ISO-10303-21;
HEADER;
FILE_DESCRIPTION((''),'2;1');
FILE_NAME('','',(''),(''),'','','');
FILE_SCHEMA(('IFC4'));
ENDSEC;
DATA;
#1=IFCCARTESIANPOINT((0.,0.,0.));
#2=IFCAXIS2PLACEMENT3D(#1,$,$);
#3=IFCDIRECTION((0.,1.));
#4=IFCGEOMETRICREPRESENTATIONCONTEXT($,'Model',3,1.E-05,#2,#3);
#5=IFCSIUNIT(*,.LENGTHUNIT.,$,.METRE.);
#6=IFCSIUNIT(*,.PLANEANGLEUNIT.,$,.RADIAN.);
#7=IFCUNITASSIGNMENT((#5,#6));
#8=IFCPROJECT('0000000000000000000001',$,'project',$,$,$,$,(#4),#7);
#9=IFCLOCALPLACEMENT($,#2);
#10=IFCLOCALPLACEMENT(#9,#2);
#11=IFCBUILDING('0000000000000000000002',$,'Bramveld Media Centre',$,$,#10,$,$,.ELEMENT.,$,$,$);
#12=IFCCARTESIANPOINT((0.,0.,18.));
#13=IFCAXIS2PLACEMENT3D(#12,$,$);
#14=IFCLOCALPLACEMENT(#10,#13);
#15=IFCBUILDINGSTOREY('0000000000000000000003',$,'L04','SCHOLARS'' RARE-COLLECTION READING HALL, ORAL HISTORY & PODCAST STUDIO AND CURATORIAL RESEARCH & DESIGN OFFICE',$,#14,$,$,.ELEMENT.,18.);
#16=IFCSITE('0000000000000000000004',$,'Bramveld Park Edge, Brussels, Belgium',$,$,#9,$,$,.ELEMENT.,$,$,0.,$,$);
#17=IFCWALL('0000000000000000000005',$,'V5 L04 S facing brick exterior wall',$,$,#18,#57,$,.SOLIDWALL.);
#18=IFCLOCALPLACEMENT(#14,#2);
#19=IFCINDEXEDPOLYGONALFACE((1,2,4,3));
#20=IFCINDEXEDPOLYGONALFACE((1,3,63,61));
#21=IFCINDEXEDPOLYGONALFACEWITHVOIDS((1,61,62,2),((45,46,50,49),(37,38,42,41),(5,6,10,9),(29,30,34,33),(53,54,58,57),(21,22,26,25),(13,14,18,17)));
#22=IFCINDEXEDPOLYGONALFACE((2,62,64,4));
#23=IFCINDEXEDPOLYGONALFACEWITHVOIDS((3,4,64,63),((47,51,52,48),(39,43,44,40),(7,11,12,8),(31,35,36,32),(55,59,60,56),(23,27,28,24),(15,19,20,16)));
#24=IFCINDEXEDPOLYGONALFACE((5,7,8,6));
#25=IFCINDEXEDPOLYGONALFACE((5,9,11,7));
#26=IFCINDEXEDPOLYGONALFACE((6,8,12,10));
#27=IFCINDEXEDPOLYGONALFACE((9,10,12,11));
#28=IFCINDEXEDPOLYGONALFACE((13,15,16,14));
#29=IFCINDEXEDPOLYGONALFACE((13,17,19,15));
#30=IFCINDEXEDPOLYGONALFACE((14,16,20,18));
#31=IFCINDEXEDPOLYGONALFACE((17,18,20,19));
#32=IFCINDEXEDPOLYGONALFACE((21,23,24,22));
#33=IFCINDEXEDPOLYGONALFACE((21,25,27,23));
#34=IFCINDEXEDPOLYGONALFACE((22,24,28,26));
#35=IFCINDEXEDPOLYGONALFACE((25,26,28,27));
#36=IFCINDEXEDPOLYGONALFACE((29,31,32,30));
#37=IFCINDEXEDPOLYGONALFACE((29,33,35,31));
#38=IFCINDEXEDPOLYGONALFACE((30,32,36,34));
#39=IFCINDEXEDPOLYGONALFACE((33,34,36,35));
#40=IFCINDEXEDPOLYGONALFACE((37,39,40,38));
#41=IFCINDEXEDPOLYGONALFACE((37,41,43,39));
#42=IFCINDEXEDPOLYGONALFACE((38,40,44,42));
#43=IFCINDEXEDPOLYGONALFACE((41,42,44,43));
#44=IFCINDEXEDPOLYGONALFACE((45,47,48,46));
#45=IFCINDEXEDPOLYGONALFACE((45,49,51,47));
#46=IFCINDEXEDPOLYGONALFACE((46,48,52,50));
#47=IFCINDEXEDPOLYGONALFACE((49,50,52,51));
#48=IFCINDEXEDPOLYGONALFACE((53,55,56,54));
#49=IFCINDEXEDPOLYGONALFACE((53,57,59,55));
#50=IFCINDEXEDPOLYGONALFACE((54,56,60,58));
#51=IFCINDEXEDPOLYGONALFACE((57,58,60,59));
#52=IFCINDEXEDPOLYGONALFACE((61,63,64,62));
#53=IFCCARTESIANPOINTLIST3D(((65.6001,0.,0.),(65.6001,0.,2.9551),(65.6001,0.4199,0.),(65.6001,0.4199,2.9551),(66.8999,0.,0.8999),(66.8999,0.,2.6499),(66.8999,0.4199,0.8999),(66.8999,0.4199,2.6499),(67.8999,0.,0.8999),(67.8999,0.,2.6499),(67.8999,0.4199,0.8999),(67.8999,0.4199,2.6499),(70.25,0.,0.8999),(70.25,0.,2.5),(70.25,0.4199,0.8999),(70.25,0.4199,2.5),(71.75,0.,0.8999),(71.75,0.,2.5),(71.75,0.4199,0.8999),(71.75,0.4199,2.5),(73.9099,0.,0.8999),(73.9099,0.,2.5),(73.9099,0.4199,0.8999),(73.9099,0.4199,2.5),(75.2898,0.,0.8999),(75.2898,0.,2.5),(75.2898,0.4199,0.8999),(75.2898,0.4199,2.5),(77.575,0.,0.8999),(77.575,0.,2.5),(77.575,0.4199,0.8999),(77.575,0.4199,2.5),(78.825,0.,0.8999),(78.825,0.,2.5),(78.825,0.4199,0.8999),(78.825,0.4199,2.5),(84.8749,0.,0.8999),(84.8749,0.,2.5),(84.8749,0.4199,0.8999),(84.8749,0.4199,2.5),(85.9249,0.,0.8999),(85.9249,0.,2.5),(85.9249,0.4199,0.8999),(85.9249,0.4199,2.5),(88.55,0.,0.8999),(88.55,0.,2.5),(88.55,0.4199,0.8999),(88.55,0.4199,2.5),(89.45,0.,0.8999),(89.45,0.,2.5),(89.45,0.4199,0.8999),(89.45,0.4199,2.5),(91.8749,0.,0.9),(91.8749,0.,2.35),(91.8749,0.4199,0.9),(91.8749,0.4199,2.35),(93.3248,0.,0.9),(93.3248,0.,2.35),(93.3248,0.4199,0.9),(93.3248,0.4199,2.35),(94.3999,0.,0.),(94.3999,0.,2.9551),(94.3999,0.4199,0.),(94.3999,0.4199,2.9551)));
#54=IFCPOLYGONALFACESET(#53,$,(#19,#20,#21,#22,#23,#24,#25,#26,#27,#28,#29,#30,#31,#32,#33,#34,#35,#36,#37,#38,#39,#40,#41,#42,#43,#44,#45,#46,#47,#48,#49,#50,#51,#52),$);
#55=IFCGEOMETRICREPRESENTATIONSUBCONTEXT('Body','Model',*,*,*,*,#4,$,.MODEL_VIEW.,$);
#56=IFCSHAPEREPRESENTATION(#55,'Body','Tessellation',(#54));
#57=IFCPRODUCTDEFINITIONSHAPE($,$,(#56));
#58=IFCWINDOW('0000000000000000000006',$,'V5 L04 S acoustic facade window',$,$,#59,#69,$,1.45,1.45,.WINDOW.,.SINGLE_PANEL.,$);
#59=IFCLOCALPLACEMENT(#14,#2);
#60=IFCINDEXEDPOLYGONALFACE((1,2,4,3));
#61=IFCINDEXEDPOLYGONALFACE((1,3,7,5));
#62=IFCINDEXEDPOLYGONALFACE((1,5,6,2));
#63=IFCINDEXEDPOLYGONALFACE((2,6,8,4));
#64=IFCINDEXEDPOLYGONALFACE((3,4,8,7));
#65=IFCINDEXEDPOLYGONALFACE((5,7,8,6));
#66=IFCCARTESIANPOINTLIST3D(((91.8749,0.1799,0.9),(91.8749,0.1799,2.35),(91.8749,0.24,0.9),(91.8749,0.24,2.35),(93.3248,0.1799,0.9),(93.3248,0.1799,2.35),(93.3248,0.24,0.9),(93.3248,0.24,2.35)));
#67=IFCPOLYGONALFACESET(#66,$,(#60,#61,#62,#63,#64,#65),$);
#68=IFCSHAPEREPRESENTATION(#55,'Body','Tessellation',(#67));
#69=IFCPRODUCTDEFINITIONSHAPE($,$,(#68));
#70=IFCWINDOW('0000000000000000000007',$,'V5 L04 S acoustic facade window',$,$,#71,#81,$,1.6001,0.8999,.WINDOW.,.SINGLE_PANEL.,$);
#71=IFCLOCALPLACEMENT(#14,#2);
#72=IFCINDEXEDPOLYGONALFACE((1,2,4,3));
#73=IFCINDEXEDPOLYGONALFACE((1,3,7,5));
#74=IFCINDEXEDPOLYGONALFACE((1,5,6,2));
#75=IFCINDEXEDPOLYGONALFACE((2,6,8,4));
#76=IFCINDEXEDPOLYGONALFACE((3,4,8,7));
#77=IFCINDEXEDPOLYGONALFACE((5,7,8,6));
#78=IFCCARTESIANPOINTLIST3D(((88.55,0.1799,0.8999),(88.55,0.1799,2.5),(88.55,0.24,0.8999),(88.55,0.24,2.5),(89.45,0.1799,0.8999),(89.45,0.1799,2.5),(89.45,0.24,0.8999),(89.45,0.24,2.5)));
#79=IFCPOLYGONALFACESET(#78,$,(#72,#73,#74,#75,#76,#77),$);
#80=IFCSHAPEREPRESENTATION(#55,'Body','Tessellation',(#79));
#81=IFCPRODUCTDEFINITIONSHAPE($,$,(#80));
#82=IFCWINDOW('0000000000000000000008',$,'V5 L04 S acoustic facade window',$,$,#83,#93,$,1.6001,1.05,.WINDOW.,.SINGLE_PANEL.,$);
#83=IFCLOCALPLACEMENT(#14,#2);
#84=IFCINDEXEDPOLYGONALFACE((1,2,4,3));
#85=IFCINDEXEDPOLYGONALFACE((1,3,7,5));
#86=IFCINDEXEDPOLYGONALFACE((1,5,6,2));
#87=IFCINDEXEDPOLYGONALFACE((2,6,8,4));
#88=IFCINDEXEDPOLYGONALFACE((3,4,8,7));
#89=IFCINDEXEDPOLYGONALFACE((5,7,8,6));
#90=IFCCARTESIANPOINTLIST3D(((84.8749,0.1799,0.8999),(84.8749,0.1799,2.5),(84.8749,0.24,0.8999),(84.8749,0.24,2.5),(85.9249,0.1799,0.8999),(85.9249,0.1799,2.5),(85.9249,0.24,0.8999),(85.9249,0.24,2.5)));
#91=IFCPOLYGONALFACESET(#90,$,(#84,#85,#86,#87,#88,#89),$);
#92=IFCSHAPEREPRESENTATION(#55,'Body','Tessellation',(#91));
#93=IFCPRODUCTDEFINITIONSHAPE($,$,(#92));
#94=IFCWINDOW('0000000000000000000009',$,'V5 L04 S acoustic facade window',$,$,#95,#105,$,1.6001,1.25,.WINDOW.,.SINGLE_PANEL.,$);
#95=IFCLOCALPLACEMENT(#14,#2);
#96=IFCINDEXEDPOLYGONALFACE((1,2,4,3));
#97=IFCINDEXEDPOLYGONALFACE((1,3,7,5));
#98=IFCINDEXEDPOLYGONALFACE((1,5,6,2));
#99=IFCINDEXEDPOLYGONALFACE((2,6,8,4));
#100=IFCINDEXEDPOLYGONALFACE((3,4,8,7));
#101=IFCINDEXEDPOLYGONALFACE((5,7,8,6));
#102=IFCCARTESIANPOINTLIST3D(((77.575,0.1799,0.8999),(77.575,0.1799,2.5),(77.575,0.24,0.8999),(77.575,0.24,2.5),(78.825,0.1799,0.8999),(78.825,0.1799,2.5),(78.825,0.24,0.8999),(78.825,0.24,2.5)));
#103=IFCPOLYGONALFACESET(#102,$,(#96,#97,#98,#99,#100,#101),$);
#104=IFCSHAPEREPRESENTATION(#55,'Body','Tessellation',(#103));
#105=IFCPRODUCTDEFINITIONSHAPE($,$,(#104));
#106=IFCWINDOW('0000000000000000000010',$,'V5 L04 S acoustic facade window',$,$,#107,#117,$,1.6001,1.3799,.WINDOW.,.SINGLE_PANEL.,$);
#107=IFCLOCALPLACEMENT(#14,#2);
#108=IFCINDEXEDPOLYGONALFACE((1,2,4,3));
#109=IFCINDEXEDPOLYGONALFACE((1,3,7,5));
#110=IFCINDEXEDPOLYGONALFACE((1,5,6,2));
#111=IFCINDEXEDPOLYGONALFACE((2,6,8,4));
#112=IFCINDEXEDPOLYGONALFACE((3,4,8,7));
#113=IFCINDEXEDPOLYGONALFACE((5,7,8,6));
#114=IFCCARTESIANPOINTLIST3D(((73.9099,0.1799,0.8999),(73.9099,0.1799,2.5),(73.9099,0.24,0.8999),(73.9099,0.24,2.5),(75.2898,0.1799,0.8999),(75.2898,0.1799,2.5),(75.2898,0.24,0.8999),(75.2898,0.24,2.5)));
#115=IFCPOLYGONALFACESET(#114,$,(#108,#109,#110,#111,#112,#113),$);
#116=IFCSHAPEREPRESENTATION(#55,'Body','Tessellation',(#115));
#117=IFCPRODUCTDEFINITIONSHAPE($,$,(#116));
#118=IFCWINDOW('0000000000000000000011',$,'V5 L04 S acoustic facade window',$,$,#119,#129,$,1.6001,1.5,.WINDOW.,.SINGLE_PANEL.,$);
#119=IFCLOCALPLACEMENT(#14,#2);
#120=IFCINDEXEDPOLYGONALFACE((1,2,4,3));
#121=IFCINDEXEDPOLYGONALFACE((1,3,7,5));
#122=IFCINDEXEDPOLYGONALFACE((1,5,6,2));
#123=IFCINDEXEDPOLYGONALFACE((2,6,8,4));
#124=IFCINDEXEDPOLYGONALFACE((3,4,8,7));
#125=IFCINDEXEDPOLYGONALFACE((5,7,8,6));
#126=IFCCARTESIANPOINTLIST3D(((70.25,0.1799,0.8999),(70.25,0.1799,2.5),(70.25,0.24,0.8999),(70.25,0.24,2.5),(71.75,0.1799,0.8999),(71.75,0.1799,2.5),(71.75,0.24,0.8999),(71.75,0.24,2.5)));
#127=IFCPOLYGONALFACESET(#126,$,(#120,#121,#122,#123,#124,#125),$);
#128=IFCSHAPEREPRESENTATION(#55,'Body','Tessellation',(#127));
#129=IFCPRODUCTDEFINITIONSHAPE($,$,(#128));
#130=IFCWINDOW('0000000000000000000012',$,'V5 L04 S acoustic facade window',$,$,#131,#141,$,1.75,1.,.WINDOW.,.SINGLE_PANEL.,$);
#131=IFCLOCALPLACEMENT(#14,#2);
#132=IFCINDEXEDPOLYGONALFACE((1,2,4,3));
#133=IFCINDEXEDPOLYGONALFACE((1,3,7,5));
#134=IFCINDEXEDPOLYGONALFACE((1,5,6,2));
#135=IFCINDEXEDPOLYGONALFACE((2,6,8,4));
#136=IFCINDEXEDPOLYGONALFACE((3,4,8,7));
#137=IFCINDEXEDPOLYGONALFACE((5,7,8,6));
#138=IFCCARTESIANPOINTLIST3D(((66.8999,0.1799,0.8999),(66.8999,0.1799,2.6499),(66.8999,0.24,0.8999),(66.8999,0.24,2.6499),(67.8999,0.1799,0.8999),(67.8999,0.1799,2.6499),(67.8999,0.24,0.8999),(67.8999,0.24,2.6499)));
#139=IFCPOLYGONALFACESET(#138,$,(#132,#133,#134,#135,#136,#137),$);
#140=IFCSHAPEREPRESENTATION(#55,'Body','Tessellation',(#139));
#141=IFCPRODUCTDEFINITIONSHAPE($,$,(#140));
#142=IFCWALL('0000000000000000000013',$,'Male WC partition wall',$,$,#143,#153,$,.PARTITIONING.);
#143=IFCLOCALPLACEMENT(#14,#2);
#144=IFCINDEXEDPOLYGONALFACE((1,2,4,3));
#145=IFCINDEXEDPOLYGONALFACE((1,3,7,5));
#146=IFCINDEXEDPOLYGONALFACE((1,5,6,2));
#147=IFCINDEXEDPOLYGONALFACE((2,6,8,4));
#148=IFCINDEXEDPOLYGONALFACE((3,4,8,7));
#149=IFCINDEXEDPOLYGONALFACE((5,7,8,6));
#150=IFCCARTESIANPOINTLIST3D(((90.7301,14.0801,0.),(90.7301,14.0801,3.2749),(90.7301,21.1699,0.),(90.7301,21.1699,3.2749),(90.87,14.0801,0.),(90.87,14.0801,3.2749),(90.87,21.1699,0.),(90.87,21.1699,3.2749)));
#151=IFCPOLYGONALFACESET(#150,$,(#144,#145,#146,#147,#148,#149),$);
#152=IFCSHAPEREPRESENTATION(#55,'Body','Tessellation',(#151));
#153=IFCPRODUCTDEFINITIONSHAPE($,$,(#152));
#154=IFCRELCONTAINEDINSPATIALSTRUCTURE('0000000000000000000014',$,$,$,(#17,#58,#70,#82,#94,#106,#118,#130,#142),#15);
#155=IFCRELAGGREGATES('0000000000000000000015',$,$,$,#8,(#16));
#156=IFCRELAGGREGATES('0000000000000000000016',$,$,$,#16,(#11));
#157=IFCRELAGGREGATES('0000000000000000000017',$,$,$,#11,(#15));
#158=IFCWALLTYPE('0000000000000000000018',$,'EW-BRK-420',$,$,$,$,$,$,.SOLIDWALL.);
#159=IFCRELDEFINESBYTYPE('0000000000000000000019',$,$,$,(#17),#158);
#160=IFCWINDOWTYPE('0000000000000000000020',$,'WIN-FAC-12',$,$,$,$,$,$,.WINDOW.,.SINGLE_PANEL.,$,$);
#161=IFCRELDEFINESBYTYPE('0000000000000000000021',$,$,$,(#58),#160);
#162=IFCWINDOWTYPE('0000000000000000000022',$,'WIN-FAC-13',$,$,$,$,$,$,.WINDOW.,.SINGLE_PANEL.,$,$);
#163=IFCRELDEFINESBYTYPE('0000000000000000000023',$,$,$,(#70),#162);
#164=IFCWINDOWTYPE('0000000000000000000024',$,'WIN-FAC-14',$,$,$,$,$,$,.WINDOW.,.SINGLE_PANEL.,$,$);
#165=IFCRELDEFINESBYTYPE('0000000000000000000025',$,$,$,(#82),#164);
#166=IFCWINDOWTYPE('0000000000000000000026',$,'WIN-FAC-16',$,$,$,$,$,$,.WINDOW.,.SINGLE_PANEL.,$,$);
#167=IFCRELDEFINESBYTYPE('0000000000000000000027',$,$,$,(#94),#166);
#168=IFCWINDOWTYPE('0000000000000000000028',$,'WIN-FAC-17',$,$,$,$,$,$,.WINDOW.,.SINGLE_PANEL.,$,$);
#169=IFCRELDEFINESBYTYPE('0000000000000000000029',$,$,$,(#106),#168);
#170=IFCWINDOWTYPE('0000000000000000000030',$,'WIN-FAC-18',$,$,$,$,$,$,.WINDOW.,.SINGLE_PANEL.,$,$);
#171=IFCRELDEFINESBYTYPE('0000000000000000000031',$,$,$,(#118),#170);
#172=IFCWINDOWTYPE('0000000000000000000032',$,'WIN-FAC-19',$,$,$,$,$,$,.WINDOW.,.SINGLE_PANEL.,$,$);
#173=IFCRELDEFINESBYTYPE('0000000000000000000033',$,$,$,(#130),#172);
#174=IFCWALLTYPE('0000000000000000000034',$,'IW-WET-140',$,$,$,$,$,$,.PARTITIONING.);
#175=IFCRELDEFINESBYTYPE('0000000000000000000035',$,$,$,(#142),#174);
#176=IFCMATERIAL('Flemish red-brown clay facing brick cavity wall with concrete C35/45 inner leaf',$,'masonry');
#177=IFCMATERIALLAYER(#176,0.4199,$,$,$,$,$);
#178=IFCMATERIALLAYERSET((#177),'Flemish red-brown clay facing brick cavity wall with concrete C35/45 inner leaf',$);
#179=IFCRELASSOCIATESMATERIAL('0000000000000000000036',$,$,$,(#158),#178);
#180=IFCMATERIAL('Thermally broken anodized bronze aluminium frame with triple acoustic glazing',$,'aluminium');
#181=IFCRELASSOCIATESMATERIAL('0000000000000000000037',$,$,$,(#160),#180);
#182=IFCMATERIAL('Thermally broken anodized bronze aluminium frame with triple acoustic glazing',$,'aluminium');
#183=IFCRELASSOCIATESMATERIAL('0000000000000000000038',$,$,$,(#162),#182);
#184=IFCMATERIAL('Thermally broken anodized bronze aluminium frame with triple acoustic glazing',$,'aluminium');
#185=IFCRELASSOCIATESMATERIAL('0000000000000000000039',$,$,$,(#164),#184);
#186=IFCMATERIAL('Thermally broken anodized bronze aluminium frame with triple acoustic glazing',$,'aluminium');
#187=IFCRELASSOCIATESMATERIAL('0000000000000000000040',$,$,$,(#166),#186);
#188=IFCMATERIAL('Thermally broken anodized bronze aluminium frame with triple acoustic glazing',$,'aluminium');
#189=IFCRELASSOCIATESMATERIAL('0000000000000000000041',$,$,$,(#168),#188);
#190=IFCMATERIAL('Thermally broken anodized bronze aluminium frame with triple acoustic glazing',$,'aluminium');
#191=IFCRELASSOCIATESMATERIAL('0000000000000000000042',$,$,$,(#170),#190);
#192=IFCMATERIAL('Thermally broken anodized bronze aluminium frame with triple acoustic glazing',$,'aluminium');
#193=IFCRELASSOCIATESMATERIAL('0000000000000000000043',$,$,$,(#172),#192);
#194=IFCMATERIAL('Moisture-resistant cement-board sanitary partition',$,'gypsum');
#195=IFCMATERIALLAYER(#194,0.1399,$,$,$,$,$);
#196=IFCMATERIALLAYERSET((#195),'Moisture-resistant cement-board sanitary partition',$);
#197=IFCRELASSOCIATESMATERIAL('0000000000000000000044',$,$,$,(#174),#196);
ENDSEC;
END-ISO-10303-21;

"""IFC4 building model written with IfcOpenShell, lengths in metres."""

from ifc_helpers import new_model, si_unit, direction, frame, frame_2d, origin, place, context, subcontext, project, spatial, rectangle, extrude, material, layer, layer_set, type_object, element, fill, save


model = new_model("IFC4")

# Units and contexts
model_context = context("Model", 3, precision=1e-05, world=origin(), true_north=direction((0.0, 1.0)))
body_context = subcontext(model_context, "Body", "Model", "MODEL_VIEW")
ifc_project = project(units=[si_unit("LENGTHUNIT", "METRE"), si_unit("PLANEANGLEUNIT", "RADIAN")], contexts=[model_context])

# Site, building, storey
site_placement = place(None, origin())
site = spatial("IfcSite", under=ifc_project, at=site_placement, Name="Bramveld Park Edge, Brussels, Belgium", CompositionType="ELEMENT", RefElevation=0.0)
building_placement = place(site_placement, origin())
building = spatial("IfcBuilding", under=site, at=building_placement, Name="Bramveld Media Centre", CompositionType="ELEMENT")
storey_placement = place(building_placement, frame((0.0, 0.0, 18.0)))
storey = spatial("IfcBuildingStorey", under=building, at=storey_placement, Name="L04", Description="SCHOLARS' RARE-COLLECTION READING HALL, ORAL HISTORY & PODCAST STUDIO AND CURATORIAL RESEARCH & DESIGN OFFICE", CompositionType="ELEMENT", Elevation=18.0)

# Wall, openings, windows
ifc_material_1 = material(Name="Flemish red-brown clay facing brick cavity wall with concrete C35/45 inner leaf", Category="masonry")
ifc_layer_1 = layer(ifc_material_1, 0.4199)
ifc_layer_set_1 = layer_set([ifc_layer_1], Name="Flemish red-brown clay facing brick cavity wall with concrete C35/45 inner leaf")
wall_type_1 = type_object("IfcWallType", Name="EW-BRK-420", PredefinedType="SOLIDWALL", material=ifc_layer_set_1)
wall_1_placement = place(storey_placement, frame((94.3999, 0.21, 0.0), z_axis=(0.0, 0.0, 1.0), x_axis=(-1.0, 0.0, 0.0)))
wall_1 = element("IfcWall", 1, at=wall_1_placement, inside=storey, type_object=wall_type_1, Name="V5 L04 S facing brick exterior wall", PredefinedType="SOLIDWALL", context=body_context, shape_type="SweptSolid", body=[
    extrude(rectangle(XDim=28.7998, YDim=0.4199, at=frame_2d((14.3999, 0.0))), origin(), (0.0, 0.0, 1.0), 2.9551),
])
opening_1_placement = place(wall_1_placement, frame((1.075, 0.0, 0.8999)))
opening_1 = element("IfcOpeningElement", 2, at=opening_1_placement, cuts=wall_1, PredefinedType="OPENING", context=body_context, shape_type="SweptSolid", body=[
    extrude(rectangle(XDim=1.45, YDim=1.45, at=frame_2d((0.7251, 0.7251))), frame((0.0, 0.2219, 0.0), z_axis=(0.0, -1.0, 0.0), x_axis=(1.0, 0.0, 0.0)), (0.0, 0.0, 1.0), 0.4438),
])
opening_2_placement = place(wall_1_placement, frame((4.95, 0.0, 0.8999)))
opening_2 = element("IfcOpeningElement", 3, at=opening_2_placement, cuts=wall_1, PredefinedType="OPENING", context=body_context, shape_type="SweptSolid", body=[
    extrude(rectangle(XDim=0.8999, YDim=1.6001, at=frame_2d((0.45, 0.8))), frame((0.0, 0.2219, 0.0), z_axis=(0.0, -1.0, 0.0), x_axis=(1.0, 0.0, 0.0)), (0.0, 0.0, 1.0), 0.4438),
])
opening_3_placement = place(wall_1_placement, frame((8.4751, 0.0, 0.8999)))
opening_3 = element("IfcOpeningElement", 4, at=opening_3_placement, cuts=wall_1, PredefinedType="OPENING", context=body_context, shape_type="SweptSolid", body=[
    extrude(rectangle(XDim=1.05, YDim=1.6001, at=frame_2d((0.5249, 0.8))), frame((0.0, 0.2219, 0.0), z_axis=(0.0, -1.0, 0.0), x_axis=(1.0, 0.0, 0.0)), (0.0, 0.0, 1.0), 0.4438),
])
opening_4_placement = place(wall_1_placement, frame((15.575, 0.0, 0.8999)))
opening_4 = element("IfcOpeningElement", 5, at=opening_4_placement, cuts=wall_1, PredefinedType="OPENING", context=body_context, shape_type="SweptSolid", body=[
    extrude(rectangle(XDim=1.25, YDim=1.6001, at=frame_2d((0.625, 0.8))), frame((0.0, 0.2219, 0.0), z_axis=(0.0, -1.0, 0.0), x_axis=(1.0, 0.0, 0.0)), (0.0, 0.0, 1.0), 0.4438),
])
opening_5_placement = place(wall_1_placement, frame((19.1101, 0.0, 0.8999)))
opening_5 = element("IfcOpeningElement", 6, at=opening_5_placement, cuts=wall_1, PredefinedType="OPENING", context=body_context, shape_type="SweptSolid", body=[
    extrude(rectangle(XDim=1.3799, YDim=1.6001, at=frame_2d((0.6899, 0.8))), frame((0.0, 0.2219, 0.0), z_axis=(0.0, -1.0, 0.0), x_axis=(1.0, 0.0, 0.0)), (0.0, 0.0, 1.0), 0.4438),
])
opening_6_placement = place(wall_1_placement, frame((22.6499, 0.0, 0.8999)))
opening_6 = element("IfcOpeningElement", 7, at=opening_6_placement, cuts=wall_1, PredefinedType="OPENING", context=body_context, shape_type="SweptSolid", body=[
    extrude(rectangle(XDim=1.5, YDim=1.6001, at=frame_2d((0.75, 0.8))), frame((0.0, 0.2219, 0.0), z_axis=(0.0, -1.0, 0.0), x_axis=(1.0, 0.0, 0.0)), (0.0, 0.0, 1.0), 0.4438),
])
opening_7_placement = place(wall_1_placement, frame((26.5, 0.0, 0.8999)))
opening_7 = element("IfcOpeningElement", 8, at=opening_7_placement, cuts=wall_1, PredefinedType="OPENING", context=body_context, shape_type="SweptSolid", body=[
    extrude(rectangle(XDim=1.0, YDim=1.75, at=frame_2d((0.5, 0.875))), frame((0.0, 0.2219, 0.0), z_axis=(0.0, -1.0, 0.0), x_axis=(1.0, 0.0, 0.0)), (0.0, 0.0, 1.0), 0.4438),
])
ifc_material_2 = material(Name="Thermally broken anodized bronze aluminium frame with triple acoustic glazing", Category="aluminium")
window_type_1 = type_object("IfcWindowType", Name="WIN-FAC-12", PartitioningType="SINGLE_PANEL", PredefinedType="WINDOW", material=ifc_material_2)
window_1_placement = place(opening_1_placement, origin())
window_1 = element("IfcWindow", 9, at=window_1_placement, inside=storey, type_object=window_type_1, Name="V5 L04 S acoustic facade window", OverallHeight=1.45, OverallWidth=1.45, PartitioningType="SINGLE_PANEL", PredefinedType="WINDOW", context=body_context, shape_type="SweptSolid", body=[
    extrude(rectangle(XDim=1.45, YDim=1.45, at=frame_2d((0.7251, 0.7251))), frame((0.0, 0.03, 0.0), z_axis=(0.0, -1.0, 0.0), x_axis=(1.0, 0.0, 0.0)), (0.0, 0.0, 1.0), 0.0601),
])
fill(opening_1, window_1)
ifc_material_3 = material(Name="Thermally broken anodized bronze aluminium frame with triple acoustic glazing", Category="aluminium")
window_type_2 = type_object("IfcWindowType", Name="WIN-FAC-13", PartitioningType="SINGLE_PANEL", PredefinedType="WINDOW", material=ifc_material_3)
window_2_placement = place(opening_2_placement, origin())
window_2 = element("IfcWindow", 10, at=window_2_placement, inside=storey, type_object=window_type_2, Name="V5 L04 S acoustic facade window", OverallHeight=1.6001, OverallWidth=0.8999, PartitioningType="SINGLE_PANEL", PredefinedType="WINDOW", context=body_context, shape_type="SweptSolid", body=[
    extrude(rectangle(XDim=0.8999, YDim=1.6001, at=frame_2d((0.45, 0.8))), frame((0.0, 0.03, 0.0), z_axis=(0.0, -1.0, 0.0), x_axis=(1.0, 0.0, 0.0)), (0.0, 0.0, 1.0), 0.0601),
])
fill(opening_2, window_2)
ifc_material_4 = material(Name="Thermally broken anodized bronze aluminium frame with triple acoustic glazing", Category="aluminium")
window_type_3 = type_object("IfcWindowType", Name="WIN-FAC-14", PartitioningType="SINGLE_PANEL", PredefinedType="WINDOW", material=ifc_material_4)
window_3_placement = place(opening_3_placement, origin())
window_3 = element("IfcWindow", 11, at=window_3_placement, inside=storey, type_object=window_type_3, Name="V5 L04 S acoustic facade window", OverallHeight=1.6001, OverallWidth=1.05, PartitioningType="SINGLE_PANEL", PredefinedType="WINDOW", context=body_context, shape_type="SweptSolid", body=[
    extrude(rectangle(XDim=1.05, YDim=1.6001, at=frame_2d((0.5249, 0.8))), frame((0.0, 0.03, 0.0), z_axis=(0.0, -1.0, 0.0), x_axis=(1.0, 0.0, 0.0)), (0.0, 0.0, 1.0), 0.0601),
])
fill(opening_3, window_3)
ifc_material_5 = material(Name="Thermally broken anodized bronze aluminium frame with triple acoustic glazing", Category="aluminium")
window_type_4 = type_object("IfcWindowType", Name="WIN-FAC-16", PartitioningType="SINGLE_PANEL", PredefinedType="WINDOW", material=ifc_material_5)
window_4_placement = place(opening_4_placement, origin())
window_4 = element("IfcWindow", 12, at=window_4_placement, inside=storey, type_object=window_type_4, Name="V5 L04 S acoustic facade window", OverallHeight=1.6001, OverallWidth=1.25, PartitioningType="SINGLE_PANEL", PredefinedType="WINDOW", context=body_context, shape_type="SweptSolid", body=[
    extrude(rectangle(XDim=1.25, YDim=1.6001, at=frame_2d((0.625, 0.8))), frame((0.0, 0.03, 0.0), z_axis=(0.0, -1.0, 0.0), x_axis=(1.0, 0.0, 0.0)), (0.0, 0.0, 1.0), 0.0601),
])
fill(opening_4, window_4)
ifc_material_6 = material(Name="Thermally broken anodized bronze aluminium frame with triple acoustic glazing", Category="aluminium")
window_type_5 = type_object("IfcWindowType", Name="WIN-FAC-17", PartitioningType="SINGLE_PANEL", PredefinedType="WINDOW", material=ifc_material_6)
window_5_placement = place(opening_5_placement, origin())
window_5 = element("IfcWindow", 13, at=window_5_placement, inside=storey, type_object=window_type_5, Name="V5 L04 S acoustic facade window", OverallHeight=1.6001, OverallWidth=1.3799, PartitioningType="SINGLE_PANEL", PredefinedType="WINDOW", context=body_context, shape_type="SweptSolid", body=[
    extrude(rectangle(XDim=1.3799, YDim=1.6001, at=frame_2d((0.6899, 0.8))), frame((0.0, 0.03, 0.0), z_axis=(0.0, -1.0, 0.0), x_axis=(1.0, 0.0, 0.0)), (0.0, 0.0, 1.0), 0.0601),
])
fill(opening_5, window_5)
ifc_material_7 = material(Name="Thermally broken anodized bronze aluminium frame with triple acoustic glazing", Category="aluminium")
window_type_6 = type_object("IfcWindowType", Name="WIN-FAC-18", PartitioningType="SINGLE_PANEL", PredefinedType="WINDOW", material=ifc_material_7)
window_6_placement = place(opening_6_placement, origin())
window_6 = element("IfcWindow", 14, at=window_6_placement, inside=storey, type_object=window_type_6, Name="V5 L04 S acoustic facade window", OverallHeight=1.6001, OverallWidth=1.5, PartitioningType="SINGLE_PANEL", PredefinedType="WINDOW", context=body_context, shape_type="SweptSolid", body=[
    extrude(rectangle(XDim=1.5, YDim=1.6001, at=frame_2d((0.75, 0.8))), frame((0.0, 0.03, 0.0), z_axis=(0.0, -1.0, 0.0), x_axis=(1.0, 0.0, 0.0)), (0.0, 0.0, 1.0), 0.0601),
])
fill(opening_6, window_6)
ifc_material_8 = material(Name="Thermally broken anodized bronze aluminium frame with triple acoustic glazing", Category="aluminium")
window_type_7 = type_object("IfcWindowType", Name="WIN-FAC-19", PartitioningType="SINGLE_PANEL", PredefinedType="WINDOW", material=ifc_material_8)
window_7_placement = place(opening_7_placement, origin())
window_7 = element("IfcWindow", 15, at=window_7_placement, inside=storey, type_object=window_type_7, Name="V5 L04 S acoustic facade window", OverallHeight=1.75, OverallWidth=1.0, PartitioningType="SINGLE_PANEL", PredefinedType="WINDOW", context=body_context, shape_type="SweptSolid", body=[
    extrude(rectangle(XDim=1.0, YDim=1.75, at=frame_2d((0.5, 0.875))), frame((0.0, 0.03, 0.0), z_axis=(0.0, -1.0, 0.0), x_axis=(1.0, 0.0, 0.0)), (0.0, 0.0, 1.0), 0.0601),
])
fill(opening_7, window_7)

# Wall
ifc_material_9 = material(Name="Moisture-resistant cement-board sanitary partition", Category="gypsum")
ifc_layer_2 = layer(ifc_material_9, 0.1399)
ifc_layer_set_2 = layer_set([ifc_layer_2], Name="Moisture-resistant cement-board sanitary partition")
wall_type_2 = type_object("IfcWallType", Name="IW-WET-140", PredefinedType="PARTITIONING", material=ifc_layer_set_2)
wall_2_placement = place(storey_placement, frame((90.8, 14.0801, 0.0), z_axis=(0.0, 0.0, 1.0), x_axis=(0.0, 1.0, 0.0)))
element("IfcWall", 16, at=wall_2_placement, inside=storey, type_object=wall_type_2, Name="Male WC partition wall", PredefinedType="PARTITIONING", context=body_context, shape_type="SweptSolid", body=[
    extrude(rectangle(XDim=7.0898, YDim=0.1399, at=frame_2d((3.5449, 0.0))), origin(), (0.0, 0.0, 1.0), 3.2749),
])

save(model, "model.ifc")
